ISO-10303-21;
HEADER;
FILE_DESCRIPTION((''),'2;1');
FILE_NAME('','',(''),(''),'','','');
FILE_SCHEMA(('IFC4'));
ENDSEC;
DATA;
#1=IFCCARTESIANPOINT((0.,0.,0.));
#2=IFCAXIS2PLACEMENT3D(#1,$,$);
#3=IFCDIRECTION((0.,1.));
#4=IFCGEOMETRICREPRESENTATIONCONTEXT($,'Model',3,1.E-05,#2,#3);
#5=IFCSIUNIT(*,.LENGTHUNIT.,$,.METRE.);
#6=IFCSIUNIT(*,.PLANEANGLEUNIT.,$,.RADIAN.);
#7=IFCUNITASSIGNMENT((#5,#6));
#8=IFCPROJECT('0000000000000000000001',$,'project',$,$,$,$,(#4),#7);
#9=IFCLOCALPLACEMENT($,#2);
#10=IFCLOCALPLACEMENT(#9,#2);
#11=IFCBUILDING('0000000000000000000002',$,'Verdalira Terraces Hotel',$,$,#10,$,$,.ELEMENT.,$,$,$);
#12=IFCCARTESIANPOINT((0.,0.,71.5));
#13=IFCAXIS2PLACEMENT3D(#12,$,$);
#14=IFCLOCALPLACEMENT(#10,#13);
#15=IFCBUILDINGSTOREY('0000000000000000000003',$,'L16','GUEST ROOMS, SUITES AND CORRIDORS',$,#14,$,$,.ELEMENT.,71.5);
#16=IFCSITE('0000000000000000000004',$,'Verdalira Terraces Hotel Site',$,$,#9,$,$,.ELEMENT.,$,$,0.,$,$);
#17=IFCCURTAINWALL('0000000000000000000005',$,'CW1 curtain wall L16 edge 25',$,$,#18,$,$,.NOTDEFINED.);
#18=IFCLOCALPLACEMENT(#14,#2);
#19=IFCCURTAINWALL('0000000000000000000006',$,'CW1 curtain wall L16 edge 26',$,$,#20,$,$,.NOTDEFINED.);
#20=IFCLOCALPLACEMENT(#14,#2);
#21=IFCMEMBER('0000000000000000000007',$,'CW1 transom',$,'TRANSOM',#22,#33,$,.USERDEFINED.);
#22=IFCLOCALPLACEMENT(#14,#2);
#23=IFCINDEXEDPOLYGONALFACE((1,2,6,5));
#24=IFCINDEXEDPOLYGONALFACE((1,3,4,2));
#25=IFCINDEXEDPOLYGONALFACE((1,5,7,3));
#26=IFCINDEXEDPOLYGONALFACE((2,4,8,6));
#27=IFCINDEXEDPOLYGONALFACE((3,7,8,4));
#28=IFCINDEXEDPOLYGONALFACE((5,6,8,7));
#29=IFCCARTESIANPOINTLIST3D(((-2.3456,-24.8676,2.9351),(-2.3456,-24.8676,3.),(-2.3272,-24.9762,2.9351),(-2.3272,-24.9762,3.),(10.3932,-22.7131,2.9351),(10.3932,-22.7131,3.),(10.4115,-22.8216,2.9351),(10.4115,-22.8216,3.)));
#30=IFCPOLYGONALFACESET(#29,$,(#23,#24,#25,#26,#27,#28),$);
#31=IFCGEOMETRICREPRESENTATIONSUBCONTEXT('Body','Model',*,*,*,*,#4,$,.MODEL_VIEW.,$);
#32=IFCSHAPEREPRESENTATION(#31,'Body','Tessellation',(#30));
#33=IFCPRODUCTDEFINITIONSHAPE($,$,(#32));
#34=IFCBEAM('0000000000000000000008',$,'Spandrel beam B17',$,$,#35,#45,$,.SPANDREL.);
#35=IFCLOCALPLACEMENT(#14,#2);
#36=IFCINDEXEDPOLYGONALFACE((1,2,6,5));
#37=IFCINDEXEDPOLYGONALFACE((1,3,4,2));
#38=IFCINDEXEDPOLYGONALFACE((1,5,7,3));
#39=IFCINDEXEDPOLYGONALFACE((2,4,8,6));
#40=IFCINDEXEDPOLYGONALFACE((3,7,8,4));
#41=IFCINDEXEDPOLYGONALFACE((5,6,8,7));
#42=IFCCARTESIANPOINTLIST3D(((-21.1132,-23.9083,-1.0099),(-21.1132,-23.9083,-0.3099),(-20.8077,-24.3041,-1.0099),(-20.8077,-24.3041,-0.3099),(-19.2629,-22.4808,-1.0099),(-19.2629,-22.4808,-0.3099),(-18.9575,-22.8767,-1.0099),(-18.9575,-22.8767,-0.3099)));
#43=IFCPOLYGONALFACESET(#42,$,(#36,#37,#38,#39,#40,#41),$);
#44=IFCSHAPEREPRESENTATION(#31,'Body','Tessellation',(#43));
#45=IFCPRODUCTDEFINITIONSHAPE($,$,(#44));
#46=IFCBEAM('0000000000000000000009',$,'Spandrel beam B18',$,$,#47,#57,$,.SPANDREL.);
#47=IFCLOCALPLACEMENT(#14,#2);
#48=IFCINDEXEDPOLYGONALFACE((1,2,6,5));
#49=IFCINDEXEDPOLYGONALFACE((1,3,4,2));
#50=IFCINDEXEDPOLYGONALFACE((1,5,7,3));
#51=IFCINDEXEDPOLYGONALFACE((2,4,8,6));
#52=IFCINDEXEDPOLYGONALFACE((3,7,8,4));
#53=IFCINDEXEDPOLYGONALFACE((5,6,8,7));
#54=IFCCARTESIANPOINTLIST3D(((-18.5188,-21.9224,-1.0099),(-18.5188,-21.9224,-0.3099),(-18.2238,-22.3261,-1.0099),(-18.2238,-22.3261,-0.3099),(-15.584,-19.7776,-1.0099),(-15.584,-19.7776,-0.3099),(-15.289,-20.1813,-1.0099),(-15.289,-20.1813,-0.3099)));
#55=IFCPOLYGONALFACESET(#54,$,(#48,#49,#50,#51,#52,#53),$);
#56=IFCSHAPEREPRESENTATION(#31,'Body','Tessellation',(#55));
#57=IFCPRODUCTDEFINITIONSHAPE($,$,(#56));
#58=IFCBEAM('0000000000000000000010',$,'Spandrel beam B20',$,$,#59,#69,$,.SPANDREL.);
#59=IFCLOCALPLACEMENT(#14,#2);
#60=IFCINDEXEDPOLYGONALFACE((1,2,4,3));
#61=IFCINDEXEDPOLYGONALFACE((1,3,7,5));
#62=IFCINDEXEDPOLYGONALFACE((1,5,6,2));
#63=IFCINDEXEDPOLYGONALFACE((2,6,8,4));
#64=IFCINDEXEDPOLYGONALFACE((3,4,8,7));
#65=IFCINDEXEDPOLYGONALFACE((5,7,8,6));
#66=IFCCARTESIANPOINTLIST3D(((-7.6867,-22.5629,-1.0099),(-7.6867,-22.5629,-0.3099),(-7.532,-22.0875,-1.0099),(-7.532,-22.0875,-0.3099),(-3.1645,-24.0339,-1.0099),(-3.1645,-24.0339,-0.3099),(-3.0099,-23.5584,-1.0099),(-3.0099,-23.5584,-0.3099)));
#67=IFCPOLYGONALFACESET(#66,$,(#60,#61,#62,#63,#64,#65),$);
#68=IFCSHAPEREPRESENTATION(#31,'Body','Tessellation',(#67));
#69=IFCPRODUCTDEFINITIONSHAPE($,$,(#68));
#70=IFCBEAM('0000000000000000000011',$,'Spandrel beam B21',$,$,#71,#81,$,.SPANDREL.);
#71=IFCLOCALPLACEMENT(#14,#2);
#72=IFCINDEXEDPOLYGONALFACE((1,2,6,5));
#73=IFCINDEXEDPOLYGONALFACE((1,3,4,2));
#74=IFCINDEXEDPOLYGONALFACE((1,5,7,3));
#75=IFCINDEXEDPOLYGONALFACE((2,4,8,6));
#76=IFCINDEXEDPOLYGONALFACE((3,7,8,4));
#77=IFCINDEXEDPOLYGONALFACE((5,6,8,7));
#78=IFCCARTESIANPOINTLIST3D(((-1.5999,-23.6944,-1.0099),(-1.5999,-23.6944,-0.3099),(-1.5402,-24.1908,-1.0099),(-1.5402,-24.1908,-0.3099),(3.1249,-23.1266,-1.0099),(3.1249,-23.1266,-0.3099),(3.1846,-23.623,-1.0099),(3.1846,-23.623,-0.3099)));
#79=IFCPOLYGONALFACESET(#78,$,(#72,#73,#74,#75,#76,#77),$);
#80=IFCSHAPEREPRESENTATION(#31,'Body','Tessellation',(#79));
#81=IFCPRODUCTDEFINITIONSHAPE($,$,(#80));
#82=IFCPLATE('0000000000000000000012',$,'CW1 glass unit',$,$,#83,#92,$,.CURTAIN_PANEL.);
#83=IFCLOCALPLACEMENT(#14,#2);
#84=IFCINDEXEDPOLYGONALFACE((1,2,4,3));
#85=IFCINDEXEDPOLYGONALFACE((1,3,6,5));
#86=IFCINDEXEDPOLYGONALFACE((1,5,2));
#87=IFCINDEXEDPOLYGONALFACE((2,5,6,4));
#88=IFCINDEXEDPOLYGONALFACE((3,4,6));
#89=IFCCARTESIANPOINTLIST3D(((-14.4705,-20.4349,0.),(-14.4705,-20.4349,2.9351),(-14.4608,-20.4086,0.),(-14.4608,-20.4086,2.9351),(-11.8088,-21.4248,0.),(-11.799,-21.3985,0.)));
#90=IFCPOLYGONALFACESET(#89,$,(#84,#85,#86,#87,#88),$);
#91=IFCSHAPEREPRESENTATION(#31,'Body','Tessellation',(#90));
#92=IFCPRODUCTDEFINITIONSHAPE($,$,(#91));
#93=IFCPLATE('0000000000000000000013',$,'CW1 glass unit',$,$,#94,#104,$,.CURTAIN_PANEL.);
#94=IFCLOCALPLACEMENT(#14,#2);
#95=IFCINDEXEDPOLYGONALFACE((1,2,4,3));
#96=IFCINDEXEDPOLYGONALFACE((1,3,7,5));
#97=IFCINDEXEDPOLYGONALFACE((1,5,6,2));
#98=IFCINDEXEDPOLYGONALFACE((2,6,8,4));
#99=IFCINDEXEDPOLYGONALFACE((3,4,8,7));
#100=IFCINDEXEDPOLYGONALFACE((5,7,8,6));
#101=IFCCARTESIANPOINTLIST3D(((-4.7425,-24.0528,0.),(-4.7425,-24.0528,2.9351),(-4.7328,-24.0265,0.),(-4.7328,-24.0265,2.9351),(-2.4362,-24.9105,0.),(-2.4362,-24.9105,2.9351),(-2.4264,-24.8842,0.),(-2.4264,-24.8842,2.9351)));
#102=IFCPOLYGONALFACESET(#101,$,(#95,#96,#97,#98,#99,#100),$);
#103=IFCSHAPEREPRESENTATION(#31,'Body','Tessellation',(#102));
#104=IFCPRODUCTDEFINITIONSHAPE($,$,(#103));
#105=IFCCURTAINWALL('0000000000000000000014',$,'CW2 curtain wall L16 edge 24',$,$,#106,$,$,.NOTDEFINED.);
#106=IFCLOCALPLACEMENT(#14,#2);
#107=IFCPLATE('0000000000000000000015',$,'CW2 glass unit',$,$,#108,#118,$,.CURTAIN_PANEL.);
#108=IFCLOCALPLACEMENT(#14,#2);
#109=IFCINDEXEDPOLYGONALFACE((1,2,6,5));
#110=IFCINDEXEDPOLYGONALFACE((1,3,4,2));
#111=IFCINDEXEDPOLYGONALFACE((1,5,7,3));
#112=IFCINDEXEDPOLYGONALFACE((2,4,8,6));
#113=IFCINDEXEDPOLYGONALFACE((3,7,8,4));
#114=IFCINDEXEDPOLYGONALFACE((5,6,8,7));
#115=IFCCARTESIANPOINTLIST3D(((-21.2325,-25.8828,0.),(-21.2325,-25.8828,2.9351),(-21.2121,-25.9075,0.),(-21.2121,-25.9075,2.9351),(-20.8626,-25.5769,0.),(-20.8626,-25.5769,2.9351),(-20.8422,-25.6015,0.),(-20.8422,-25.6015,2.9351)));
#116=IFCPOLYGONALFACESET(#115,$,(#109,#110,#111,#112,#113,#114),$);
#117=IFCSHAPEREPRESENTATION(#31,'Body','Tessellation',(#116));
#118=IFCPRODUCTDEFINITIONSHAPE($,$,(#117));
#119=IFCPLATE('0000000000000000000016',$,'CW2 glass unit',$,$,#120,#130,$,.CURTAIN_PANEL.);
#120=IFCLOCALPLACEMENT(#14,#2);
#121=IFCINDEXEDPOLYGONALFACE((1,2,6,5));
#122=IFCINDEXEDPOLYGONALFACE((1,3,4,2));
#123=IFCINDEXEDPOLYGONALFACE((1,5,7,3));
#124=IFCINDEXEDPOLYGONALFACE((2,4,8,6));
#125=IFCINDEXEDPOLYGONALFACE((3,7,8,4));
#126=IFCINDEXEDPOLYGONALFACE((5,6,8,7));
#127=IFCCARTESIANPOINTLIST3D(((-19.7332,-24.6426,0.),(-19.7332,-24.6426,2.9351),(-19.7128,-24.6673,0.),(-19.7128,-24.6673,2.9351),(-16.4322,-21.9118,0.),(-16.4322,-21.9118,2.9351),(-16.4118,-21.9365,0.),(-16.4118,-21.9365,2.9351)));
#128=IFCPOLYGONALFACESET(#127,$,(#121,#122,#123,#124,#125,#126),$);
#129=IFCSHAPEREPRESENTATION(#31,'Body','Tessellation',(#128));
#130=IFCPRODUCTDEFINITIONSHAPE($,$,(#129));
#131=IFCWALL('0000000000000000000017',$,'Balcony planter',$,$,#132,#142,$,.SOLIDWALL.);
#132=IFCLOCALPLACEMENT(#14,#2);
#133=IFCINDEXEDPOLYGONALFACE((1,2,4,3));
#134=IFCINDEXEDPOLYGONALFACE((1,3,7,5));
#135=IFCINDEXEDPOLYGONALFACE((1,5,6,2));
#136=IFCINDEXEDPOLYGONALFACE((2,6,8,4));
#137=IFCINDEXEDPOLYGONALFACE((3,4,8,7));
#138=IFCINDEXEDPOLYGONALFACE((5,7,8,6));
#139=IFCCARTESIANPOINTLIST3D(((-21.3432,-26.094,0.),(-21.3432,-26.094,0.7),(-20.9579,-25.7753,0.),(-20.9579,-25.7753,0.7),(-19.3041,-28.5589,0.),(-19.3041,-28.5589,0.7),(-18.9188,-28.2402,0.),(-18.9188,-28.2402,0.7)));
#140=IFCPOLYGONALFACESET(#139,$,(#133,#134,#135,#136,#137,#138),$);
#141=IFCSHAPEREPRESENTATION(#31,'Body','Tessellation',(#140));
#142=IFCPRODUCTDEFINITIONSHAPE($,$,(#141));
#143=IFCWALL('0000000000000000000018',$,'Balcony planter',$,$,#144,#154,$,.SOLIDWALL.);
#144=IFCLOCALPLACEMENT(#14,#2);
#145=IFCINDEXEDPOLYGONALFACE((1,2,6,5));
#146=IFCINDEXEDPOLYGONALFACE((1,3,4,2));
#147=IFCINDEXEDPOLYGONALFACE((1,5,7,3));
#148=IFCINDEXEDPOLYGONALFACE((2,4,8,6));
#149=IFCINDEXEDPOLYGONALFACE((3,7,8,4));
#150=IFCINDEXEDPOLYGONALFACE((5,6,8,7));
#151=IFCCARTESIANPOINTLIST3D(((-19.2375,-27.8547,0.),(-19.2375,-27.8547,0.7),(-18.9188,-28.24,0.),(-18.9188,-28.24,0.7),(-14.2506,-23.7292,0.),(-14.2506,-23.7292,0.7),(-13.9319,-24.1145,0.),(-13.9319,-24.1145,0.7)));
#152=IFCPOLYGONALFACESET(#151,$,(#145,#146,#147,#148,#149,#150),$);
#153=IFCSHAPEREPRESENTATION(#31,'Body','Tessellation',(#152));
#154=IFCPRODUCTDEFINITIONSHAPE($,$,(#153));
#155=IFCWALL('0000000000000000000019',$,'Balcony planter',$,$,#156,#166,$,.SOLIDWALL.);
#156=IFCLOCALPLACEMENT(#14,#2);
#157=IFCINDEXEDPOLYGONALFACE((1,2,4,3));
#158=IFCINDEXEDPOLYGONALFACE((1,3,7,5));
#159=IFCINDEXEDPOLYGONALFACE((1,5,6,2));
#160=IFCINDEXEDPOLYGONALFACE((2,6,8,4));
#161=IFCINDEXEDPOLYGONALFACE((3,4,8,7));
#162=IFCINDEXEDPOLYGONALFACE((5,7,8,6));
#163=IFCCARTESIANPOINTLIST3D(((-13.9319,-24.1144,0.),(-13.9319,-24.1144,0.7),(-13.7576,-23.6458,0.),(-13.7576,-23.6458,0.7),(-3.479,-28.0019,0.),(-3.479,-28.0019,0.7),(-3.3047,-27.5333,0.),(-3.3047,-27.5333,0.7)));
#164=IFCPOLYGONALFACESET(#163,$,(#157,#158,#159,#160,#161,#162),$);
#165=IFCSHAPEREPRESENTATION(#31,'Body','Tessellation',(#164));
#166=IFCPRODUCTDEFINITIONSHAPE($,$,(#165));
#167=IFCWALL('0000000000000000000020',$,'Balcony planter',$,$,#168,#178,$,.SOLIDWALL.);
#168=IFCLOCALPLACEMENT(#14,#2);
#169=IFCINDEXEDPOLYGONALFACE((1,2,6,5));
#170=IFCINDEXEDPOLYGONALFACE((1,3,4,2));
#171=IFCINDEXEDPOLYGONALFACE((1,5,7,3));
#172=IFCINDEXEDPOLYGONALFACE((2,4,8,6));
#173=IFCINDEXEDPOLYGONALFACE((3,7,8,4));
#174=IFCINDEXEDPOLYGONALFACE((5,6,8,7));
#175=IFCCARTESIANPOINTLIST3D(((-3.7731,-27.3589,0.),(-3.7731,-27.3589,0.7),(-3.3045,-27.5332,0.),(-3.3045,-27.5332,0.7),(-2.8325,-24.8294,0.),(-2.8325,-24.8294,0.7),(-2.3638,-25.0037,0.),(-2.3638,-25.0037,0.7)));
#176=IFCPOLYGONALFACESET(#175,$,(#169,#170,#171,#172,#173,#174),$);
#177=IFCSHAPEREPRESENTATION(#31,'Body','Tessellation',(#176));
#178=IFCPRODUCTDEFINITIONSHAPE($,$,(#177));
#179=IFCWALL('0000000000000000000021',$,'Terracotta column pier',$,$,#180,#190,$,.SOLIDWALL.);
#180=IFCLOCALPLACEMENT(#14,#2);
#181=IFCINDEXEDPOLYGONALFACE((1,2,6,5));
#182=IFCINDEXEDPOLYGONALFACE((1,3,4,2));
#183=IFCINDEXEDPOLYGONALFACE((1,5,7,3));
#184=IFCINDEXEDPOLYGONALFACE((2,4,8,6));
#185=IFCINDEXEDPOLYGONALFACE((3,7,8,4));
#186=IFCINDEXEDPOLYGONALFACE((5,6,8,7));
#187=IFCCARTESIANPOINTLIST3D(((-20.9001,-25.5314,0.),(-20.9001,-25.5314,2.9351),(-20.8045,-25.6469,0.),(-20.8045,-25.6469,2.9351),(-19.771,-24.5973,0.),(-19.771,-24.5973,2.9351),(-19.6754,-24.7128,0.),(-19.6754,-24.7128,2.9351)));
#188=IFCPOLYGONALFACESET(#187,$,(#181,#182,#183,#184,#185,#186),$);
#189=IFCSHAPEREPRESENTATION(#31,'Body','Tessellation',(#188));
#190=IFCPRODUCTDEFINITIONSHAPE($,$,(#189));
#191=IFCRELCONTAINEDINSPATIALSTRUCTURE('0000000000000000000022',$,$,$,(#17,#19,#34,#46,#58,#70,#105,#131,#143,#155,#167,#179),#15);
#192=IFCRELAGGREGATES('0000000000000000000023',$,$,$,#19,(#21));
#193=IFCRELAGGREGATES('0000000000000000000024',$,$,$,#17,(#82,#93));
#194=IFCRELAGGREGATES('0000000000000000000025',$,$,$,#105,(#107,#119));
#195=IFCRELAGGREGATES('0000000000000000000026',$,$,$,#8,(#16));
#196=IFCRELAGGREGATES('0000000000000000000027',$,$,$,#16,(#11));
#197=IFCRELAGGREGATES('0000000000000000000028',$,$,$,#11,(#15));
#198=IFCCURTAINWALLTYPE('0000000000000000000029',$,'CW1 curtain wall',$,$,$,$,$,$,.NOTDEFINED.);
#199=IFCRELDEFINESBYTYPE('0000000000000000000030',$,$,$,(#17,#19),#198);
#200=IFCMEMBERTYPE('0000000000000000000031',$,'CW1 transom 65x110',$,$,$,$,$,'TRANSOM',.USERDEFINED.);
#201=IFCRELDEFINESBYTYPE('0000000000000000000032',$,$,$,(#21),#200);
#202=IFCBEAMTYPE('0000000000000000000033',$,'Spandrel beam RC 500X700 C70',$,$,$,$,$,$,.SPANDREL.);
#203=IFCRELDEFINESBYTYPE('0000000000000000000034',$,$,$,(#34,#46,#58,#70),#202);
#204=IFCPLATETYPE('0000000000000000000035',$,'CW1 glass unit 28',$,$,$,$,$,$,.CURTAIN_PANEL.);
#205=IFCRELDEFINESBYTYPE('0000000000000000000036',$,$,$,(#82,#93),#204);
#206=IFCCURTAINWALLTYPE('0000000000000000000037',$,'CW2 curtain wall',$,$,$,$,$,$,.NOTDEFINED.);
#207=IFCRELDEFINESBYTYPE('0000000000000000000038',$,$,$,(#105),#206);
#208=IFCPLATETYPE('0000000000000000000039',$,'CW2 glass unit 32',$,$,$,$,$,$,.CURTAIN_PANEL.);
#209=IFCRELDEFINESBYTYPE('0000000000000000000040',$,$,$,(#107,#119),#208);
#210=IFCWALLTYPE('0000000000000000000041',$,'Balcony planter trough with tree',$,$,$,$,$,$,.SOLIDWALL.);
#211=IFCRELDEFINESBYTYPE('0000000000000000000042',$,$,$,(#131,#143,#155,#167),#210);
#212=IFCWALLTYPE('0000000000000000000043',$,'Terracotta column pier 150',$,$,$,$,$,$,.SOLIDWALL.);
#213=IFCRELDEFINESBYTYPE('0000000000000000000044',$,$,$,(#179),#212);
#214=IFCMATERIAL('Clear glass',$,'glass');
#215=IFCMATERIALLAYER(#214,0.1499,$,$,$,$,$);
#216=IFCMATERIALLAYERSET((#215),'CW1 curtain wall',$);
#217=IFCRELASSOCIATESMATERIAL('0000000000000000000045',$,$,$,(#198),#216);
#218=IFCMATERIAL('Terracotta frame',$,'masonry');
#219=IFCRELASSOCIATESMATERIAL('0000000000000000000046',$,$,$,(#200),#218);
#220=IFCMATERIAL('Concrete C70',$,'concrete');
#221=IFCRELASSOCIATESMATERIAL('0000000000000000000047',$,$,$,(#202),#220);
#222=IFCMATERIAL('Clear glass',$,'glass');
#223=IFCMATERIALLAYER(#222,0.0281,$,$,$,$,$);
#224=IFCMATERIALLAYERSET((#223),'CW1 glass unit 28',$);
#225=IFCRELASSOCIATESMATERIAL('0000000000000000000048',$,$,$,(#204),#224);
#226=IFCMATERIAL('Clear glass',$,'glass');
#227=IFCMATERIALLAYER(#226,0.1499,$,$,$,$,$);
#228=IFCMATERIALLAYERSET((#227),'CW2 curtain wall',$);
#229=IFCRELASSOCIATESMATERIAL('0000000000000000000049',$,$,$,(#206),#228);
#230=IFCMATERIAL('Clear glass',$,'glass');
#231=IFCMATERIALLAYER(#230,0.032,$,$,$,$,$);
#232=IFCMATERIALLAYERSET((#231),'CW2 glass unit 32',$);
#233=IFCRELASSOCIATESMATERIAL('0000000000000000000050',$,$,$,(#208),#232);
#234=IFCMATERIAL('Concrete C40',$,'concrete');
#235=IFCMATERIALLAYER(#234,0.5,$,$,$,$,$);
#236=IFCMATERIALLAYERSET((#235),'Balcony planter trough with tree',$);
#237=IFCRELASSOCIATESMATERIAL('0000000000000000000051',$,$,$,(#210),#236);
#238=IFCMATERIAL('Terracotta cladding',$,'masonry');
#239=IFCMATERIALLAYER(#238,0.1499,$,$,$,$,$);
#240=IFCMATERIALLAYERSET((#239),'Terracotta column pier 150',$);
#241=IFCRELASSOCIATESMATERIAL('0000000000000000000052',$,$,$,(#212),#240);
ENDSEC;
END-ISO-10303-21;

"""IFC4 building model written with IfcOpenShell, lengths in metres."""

from ifc_helpers import new_model, si_unit, direction, frame, frame_2d, origin, origin_2d, place, context, subcontext, project, spatial, polyline, rectangle, outline, extrude, material, layer, layer_set, material_profile, profile_set, type_object, element, aggregate, save


model = new_model("IFC4")

# Units and contexts
model_context = context("Model", 3, precision=1e-05, world=origin(), true_north=direction((0.0, 1.0)))
body_context = subcontext(model_context, "Body", "Model", "MODEL_VIEW")
ifc_project = project(units=[si_unit("LENGTHUNIT", "METRE"), si_unit("PLANEANGLEUNIT", "RADIAN")], contexts=[model_context])

# Site, building, storey
site_placement = place(None, origin())
site = spatial("IfcSite", under=ifc_project, at=site_placement, Name="Verdalira Terraces Hotel Site", CompositionType="ELEMENT", RefElevation=0.0)
building_placement = place(site_placement, origin())
building = spatial("IfcBuilding", under=site, at=building_placement, Name="Verdalira Terraces Hotel", CompositionType="ELEMENT")
storey_placement = place(building_placement, frame((0.0, 0.0, 71.5)))
storey = spatial("IfcBuildingStorey", under=building, at=storey_placement, Name="L16", Description="GUEST ROOMS, SUITES AND CORRIDORS", CompositionType="ELEMENT", Elevation=71.5)

# Curtain wall
ifc_material_1 = material(Name="Clear glass", Category="glass")
ifc_layer_1 = layer(ifc_material_1, 0.1499)
ifc_layer_set_1 = layer_set([ifc_layer_1], Name="CW1 curtain wall")
curtain_wall_type_1 = type_object("IfcCurtainWallType", Name="CW1 curtain wall", PredefinedType="NOTDEFINED", material=ifc_layer_set_1)
curtain_wall_1_placement = place(storey_placement, origin())
curtain_wall_1 = element("IfcCurtainWall", 1, at=curtain_wall_1_placement, inside=storey, type_object=curtain_wall_type_1, Name="CW1 curtain wall L16 edge 25", PredefinedType="NOTDEFINED")

# Curtain wall, member
curtain_wall_2_placement = place(storey_placement, origin())
curtain_wall_2 = element("IfcCurtainWall", 2, at=curtain_wall_2_placement, inside=storey, type_object=curtain_wall_type_1, Name="CW1 curtain wall L16 edge 26", PredefinedType="NOTDEFINED")
ifc_material_2 = material(Name="Terracotta frame", Category="masonry")
ifc_material_profile_1 = material_profile(ifc_material_2, rectangle(XDim=0.1101, YDim=0.0649, at=origin_2d()), Name="TR 65x110")
ifc_profile_set_1 = profile_set([ifc_material_profile_1], Name="Terracotta frame")
member_type_1 = type_object("IfcMemberType", Name="CW1 transom 65x110", ElementType="TRANSOM", PredefinedType="USERDEFINED", material=ifc_profile_set_1)
member_1_placement = place(storey_placement, frame((-2.3364, -24.9219, 2.9675), z_axis=(0.985997, 0.166764, 0.0), x_axis=(-0.166764, 0.985997, 0.0)))
member_1 = element("IfcMember", 3, at=member_1_placement, type_object=member_type_1, Name="CW1 transom", ObjectType="TRANSOM", PredefinedType="USERDEFINED", context=body_context, shape_type="SweptSolid", body=[
    extrude(rectangle(XDim=0.1101, YDim=0.0649, at=origin_2d()), origin(), (0.0, 0.0, 1.0), 12.9197),
])
aggregate(curtain_wall_2, [member_1])

# Beams
ifc_material_3 = material(Name="Concrete C70", Category="concrete")
ifc_material_profile_2 = material_profile(ifc_material_3, rectangle(XDim=0.5, YDim=0.7, at=origin_2d()), Name="RC 500X700")
ifc_profile_set_2 = profile_set([ifc_material_profile_2], Name="Concrete C70")
beam_type_1 = type_object("IfcBeamType", Name="Spandrel beam RC 500X700 C70", PredefinedType="SPANDREL", material=ifc_profile_set_2)
beam_1_placement = place(storey_placement, frame((-20.9604, -24.1062, -0.6599), z_axis=(0.791765, 0.610826, 0.0), x_axis=(-0.610826, 0.791765, 0.0)))
element("IfcBeam", 4, at=beam_1_placement, inside=storey, type_object=beam_type_1, Name="Spandrel beam B17", PredefinedType="SPANDREL", context=body_context, shape_type="SweptSolid", body=[
    extrude(rectangle(XDim=0.5, YDim=0.7, at=origin_2d()), origin(), (0.0, 0.0, 1.0), 2.3369),
])
beam_2_placement = place(storey_placement, frame((-18.3713, -22.1243, -0.6599), z_axis=(0.807378, 0.590035, 0.0), x_axis=(-0.590035, 0.807378, 0.0)))
element("IfcBeam", 5, at=beam_2_placement, inside=storey, type_object=beam_type_1, Name="Spandrel beam B18", PredefinedType="SPANDREL", context=body_context, shape_type="SweptSolid", body=[
    extrude(rectangle(XDim=0.5, YDim=0.7, at=origin_2d()), origin(), (0.0, 0.0, 1.0), 3.635),
])
beam_3_placement = place(storey_placement, frame((-7.6094, -22.3252, -0.6599), z_axis=(0.950958, -0.309319, 0.0), x_axis=(0.309319, 0.950958, 0.0)))
element("IfcBeam", 6, at=beam_3_placement, inside=storey, type_object=beam_type_1, Name="Spandrel beam B20", PredefinedType="SPANDREL", context=body_context, shape_type="SweptSolid", body=[
    extrude(rectangle(XDim=0.5, YDim=0.7, at=origin_2d()), origin(), (0.0, 0.0, 1.0), 4.7554),
])
beam_4_placement = place(storey_placement, frame((-1.5701, -23.9426, -0.6599), z_axis=(0.992855, 0.119329, 0.0), x_axis=(-0.119329, 0.992855, 0.0)))
element("IfcBeam", 7, at=beam_4_placement, inside=storey, type_object=beam_type_1, Name="Spandrel beam B21", PredefinedType="SPANDREL", context=body_context, shape_type="SweptSolid", body=[
    extrude(rectangle(XDim=0.5, YDim=0.7, at=origin_2d()), origin(), (0.0, 0.0, 1.0), 4.7588),
])

# Plates
ifc_material_4 = material(Name="Clear glass", Category="glass")
ifc_layer_2 = layer(ifc_material_4, 0.0281)
ifc_layer_set_2 = layer_set([ifc_layer_2], Name="CW1 glass unit 28")
plate_type_1 = type_object("IfcPlateType", Name="CW1 glass unit 28", PredefinedType="CURTAIN_PANEL", material=ifc_layer_set_2)
plate_1_placement = place(storey_placement, frame((-13.1299, -20.9036, 1.4675), z_axis=(-0.348572, -0.937282, 0.0), x_axis=(0.937282, -0.348572, 0.0)))
plate_1 = element("IfcPlate", 8, at=plate_1_placement, type_object=plate_type_1, Name="CW1 glass unit", PredefinedType="CURTAIN_PANEL", context=body_context, shape_type="SweptSolid", body=[
    extrude(outline(polyline([(-1.4199, -1.4675), (1.4199, -1.4675), (-1.4199, 1.4675), (-1.4199, -1.4675)])), origin(), (0.0, 0.0, 1.0), 0.0281),
])
plate_2_placement = place(storey_placement, frame((-3.5845, -24.4685, 0.0), z_axis=(0.0, 0.0, 1.0), x_axis=(0.937282, -0.348572, 0.0)))
plate_2 = element("IfcPlate", 9, at=plate_2_placement, type_object=plate_type_1, Name="CW1 glass unit", PredefinedType="CURTAIN_PANEL", context=body_context, shape_type="SweptSolid", body=[
    extrude(rectangle(XDim=2.4607, YDim=0.0281, at=origin_2d()), origin(), (0.0, 0.0, 1.0), 2.9351),
])
aggregate(curtain_wall_1, [plate_1, plate_2])

# Curtain wall, plates
ifc_material_5 = material(Name="Clear glass", Category="glass")
ifc_layer_3 = layer(ifc_material_5, 0.1499)
ifc_layer_set_3 = layer_set([ifc_layer_3], Name="CW2 curtain wall")
curtain_wall_type_2 = type_object("IfcCurtainWallType", Name="CW2 curtain wall", PredefinedType="NOTDEFINED", material=ifc_layer_set_3)
curtain_wall_3_placement = place(storey_placement, origin())
curtain_wall_3 = element("IfcCurtainWall", 10, at=curtain_wall_3_placement, inside=storey, type_object=curtain_wall_type_2, Name="CW2 curtain wall L16 edge 24", PredefinedType="NOTDEFINED")
ifc_material_6 = material(Name="Clear glass", Category="glass")
ifc_layer_4 = layer(ifc_material_6, 0.032)
ifc_layer_set_4 = layer_set([ifc_layer_4], Name="CW2 glass unit 32")
plate_type_2 = type_object("IfcPlateType", Name="CW2 glass unit 32", PredefinedType="CURTAIN_PANEL", material=ifc_layer_set_4)
plate_3_placement = place(storey_placement, frame((-21.0374, -25.7422, 0.0), z_axis=(0.0, 0.0, 1.0), x_axis=(0.770513, 0.637424, 0.0)))
plate_3 = element("IfcPlate", 11, at=plate_3_placement, type_object=plate_type_2, Name="CW2 glass unit", PredefinedType="CURTAIN_PANEL", context=body_context, shape_type="SweptSolid", body=[
    extrude(rectangle(XDim=0.48, YDim=0.032, at=origin_2d()), origin(), (0.0, 0.0, 1.0), 2.9351),
])
plate_4_placement = place(storey_placement, frame((-18.0725, -23.2896, 0.0), z_axis=(0.0, 0.0, 1.0), x_axis=(0.770513, 0.637424, 0.0)))
plate_4 = element("IfcPlate", 12, at=plate_4_placement, type_object=plate_type_2, Name="CW2 glass unit", PredefinedType="CURTAIN_PANEL", context=body_context, shape_type="SweptSolid", body=[
    extrude(rectangle(XDim=4.2842, YDim=0.032, at=origin_2d()), origin(), (0.0, 0.0, 1.0), 2.9351),
])
aggregate(curtain_wall_3, [plate_3, plate_4])

# Walls
ifc_material_7 = material(Name="Concrete C40", Category="concrete")
ifc_layer_5 = layer(ifc_material_7, 0.5)
ifc_layer_set_5 = layer_set([ifc_layer_5], Name="Balcony planter trough with tree")
wall_type_1 = type_object("IfcWallType", Name="Balcony planter trough with tree", PredefinedType="SOLIDWALL", material=ifc_layer_set_5)
wall_1_placement = place(storey_placement, frame((-21.1506, -25.9346, 0.0), z_axis=(0.0, 0.0, 1.0), x_axis=(0.637418, -0.770518, 0.0)))
element("IfcWall", 13, at=wall_1_placement, inside=storey, type_object=wall_type_1, Name="Balcony planter", PredefinedType="SOLIDWALL", context=body_context, shape_type="SweptSolid", body=[
    extrude(rectangle(XDim=3.199, YDim=0.5, at=frame_2d((1.5996, 0.0))), origin(), (0.0, 0.0, 1.0), 0.7),
])
wall_2_placement = place(storey_placement, frame((-19.0781, -28.0474, 0.0), z_axis=(0.0, 0.0, 1.0), x_axis=(0.770511, 0.637427, 0.0)))
element("IfcWall", 14, at=wall_2_placement, inside=storey, type_object=wall_type_1, Name="Balcony planter", PredefinedType="SOLIDWALL", context=body_context, shape_type="SweptSolid", body=[
    extrude(rectangle(XDim=6.4722, YDim=0.5, at=frame_2d((3.2361, 0.0))), origin(), (0.0, 0.0, 1.0), 0.7),
])
wall_3_placement = place(storey_placement, frame((-13.8447, -23.8801, 0.0), z_axis=(0.0, 0.0, 1.0), x_axis=(0.93728, -0.348577, 0.0)))
element("IfcWall", 15, at=wall_3_placement, inside=storey, type_object=wall_type_1, Name="Balcony planter", PredefinedType="SOLIDWALL", context=body_context, shape_type="SweptSolid", body=[
    extrude(rectangle(XDim=11.1523, YDim=0.5, at=frame_2d((5.5762, 0.0))), origin(), (0.0, 0.0, 1.0), 0.7),
])
wall_4_placement = place(storey_placement, frame((-3.5388, -27.446, 0.0), z_axis=(0.0, 0.0, 1.0), x_axis=(0.348554, 0.937289, 0.0)))
element("IfcWall", 16, at=wall_4_placement, inside=storey, type_object=wall_type_1, Name="Balcony planter", PredefinedType="SOLIDWALL", context=body_context, shape_type="SweptSolid", body=[
    extrude(rectangle(XDim=2.6987, YDim=0.5, at=frame_2d((1.3494, 0.0))), origin(), (0.0, 0.0, 1.0), 0.7),
])
ifc_material_8 = material(Name="Terracotta cladding", Category="masonry")
ifc_layer_6 = layer(ifc_material_8, 0.1499)
ifc_layer_set_6 = layer_set([ifc_layer_6], Name="Terracotta column pier 150")
wall_type_2 = type_object("IfcWallType", Name="Terracotta column pier 150", PredefinedType="SOLIDWALL", material=ifc_layer_set_6)
wall_5_placement = place(storey_placement, frame((-20.8523, -25.5891, 0.0), z_axis=(0.0, 0.0, 1.0), x_axis=(0.770524, 0.637411, 0.0)))
element("IfcWall", 17, at=wall_5_placement, inside=storey, type_object=wall_type_2, Name="Terracotta column pier", PredefinedType="SOLIDWALL", context=body_context, shape_type="SweptSolid", body=[
    extrude(rectangle(XDim=1.4653, YDim=0.1499, at=frame_2d((0.7327, 0.0))), origin(), (0.0, 0.0, 1.0), 2.9351),
])

save(model, "model.ifc")
